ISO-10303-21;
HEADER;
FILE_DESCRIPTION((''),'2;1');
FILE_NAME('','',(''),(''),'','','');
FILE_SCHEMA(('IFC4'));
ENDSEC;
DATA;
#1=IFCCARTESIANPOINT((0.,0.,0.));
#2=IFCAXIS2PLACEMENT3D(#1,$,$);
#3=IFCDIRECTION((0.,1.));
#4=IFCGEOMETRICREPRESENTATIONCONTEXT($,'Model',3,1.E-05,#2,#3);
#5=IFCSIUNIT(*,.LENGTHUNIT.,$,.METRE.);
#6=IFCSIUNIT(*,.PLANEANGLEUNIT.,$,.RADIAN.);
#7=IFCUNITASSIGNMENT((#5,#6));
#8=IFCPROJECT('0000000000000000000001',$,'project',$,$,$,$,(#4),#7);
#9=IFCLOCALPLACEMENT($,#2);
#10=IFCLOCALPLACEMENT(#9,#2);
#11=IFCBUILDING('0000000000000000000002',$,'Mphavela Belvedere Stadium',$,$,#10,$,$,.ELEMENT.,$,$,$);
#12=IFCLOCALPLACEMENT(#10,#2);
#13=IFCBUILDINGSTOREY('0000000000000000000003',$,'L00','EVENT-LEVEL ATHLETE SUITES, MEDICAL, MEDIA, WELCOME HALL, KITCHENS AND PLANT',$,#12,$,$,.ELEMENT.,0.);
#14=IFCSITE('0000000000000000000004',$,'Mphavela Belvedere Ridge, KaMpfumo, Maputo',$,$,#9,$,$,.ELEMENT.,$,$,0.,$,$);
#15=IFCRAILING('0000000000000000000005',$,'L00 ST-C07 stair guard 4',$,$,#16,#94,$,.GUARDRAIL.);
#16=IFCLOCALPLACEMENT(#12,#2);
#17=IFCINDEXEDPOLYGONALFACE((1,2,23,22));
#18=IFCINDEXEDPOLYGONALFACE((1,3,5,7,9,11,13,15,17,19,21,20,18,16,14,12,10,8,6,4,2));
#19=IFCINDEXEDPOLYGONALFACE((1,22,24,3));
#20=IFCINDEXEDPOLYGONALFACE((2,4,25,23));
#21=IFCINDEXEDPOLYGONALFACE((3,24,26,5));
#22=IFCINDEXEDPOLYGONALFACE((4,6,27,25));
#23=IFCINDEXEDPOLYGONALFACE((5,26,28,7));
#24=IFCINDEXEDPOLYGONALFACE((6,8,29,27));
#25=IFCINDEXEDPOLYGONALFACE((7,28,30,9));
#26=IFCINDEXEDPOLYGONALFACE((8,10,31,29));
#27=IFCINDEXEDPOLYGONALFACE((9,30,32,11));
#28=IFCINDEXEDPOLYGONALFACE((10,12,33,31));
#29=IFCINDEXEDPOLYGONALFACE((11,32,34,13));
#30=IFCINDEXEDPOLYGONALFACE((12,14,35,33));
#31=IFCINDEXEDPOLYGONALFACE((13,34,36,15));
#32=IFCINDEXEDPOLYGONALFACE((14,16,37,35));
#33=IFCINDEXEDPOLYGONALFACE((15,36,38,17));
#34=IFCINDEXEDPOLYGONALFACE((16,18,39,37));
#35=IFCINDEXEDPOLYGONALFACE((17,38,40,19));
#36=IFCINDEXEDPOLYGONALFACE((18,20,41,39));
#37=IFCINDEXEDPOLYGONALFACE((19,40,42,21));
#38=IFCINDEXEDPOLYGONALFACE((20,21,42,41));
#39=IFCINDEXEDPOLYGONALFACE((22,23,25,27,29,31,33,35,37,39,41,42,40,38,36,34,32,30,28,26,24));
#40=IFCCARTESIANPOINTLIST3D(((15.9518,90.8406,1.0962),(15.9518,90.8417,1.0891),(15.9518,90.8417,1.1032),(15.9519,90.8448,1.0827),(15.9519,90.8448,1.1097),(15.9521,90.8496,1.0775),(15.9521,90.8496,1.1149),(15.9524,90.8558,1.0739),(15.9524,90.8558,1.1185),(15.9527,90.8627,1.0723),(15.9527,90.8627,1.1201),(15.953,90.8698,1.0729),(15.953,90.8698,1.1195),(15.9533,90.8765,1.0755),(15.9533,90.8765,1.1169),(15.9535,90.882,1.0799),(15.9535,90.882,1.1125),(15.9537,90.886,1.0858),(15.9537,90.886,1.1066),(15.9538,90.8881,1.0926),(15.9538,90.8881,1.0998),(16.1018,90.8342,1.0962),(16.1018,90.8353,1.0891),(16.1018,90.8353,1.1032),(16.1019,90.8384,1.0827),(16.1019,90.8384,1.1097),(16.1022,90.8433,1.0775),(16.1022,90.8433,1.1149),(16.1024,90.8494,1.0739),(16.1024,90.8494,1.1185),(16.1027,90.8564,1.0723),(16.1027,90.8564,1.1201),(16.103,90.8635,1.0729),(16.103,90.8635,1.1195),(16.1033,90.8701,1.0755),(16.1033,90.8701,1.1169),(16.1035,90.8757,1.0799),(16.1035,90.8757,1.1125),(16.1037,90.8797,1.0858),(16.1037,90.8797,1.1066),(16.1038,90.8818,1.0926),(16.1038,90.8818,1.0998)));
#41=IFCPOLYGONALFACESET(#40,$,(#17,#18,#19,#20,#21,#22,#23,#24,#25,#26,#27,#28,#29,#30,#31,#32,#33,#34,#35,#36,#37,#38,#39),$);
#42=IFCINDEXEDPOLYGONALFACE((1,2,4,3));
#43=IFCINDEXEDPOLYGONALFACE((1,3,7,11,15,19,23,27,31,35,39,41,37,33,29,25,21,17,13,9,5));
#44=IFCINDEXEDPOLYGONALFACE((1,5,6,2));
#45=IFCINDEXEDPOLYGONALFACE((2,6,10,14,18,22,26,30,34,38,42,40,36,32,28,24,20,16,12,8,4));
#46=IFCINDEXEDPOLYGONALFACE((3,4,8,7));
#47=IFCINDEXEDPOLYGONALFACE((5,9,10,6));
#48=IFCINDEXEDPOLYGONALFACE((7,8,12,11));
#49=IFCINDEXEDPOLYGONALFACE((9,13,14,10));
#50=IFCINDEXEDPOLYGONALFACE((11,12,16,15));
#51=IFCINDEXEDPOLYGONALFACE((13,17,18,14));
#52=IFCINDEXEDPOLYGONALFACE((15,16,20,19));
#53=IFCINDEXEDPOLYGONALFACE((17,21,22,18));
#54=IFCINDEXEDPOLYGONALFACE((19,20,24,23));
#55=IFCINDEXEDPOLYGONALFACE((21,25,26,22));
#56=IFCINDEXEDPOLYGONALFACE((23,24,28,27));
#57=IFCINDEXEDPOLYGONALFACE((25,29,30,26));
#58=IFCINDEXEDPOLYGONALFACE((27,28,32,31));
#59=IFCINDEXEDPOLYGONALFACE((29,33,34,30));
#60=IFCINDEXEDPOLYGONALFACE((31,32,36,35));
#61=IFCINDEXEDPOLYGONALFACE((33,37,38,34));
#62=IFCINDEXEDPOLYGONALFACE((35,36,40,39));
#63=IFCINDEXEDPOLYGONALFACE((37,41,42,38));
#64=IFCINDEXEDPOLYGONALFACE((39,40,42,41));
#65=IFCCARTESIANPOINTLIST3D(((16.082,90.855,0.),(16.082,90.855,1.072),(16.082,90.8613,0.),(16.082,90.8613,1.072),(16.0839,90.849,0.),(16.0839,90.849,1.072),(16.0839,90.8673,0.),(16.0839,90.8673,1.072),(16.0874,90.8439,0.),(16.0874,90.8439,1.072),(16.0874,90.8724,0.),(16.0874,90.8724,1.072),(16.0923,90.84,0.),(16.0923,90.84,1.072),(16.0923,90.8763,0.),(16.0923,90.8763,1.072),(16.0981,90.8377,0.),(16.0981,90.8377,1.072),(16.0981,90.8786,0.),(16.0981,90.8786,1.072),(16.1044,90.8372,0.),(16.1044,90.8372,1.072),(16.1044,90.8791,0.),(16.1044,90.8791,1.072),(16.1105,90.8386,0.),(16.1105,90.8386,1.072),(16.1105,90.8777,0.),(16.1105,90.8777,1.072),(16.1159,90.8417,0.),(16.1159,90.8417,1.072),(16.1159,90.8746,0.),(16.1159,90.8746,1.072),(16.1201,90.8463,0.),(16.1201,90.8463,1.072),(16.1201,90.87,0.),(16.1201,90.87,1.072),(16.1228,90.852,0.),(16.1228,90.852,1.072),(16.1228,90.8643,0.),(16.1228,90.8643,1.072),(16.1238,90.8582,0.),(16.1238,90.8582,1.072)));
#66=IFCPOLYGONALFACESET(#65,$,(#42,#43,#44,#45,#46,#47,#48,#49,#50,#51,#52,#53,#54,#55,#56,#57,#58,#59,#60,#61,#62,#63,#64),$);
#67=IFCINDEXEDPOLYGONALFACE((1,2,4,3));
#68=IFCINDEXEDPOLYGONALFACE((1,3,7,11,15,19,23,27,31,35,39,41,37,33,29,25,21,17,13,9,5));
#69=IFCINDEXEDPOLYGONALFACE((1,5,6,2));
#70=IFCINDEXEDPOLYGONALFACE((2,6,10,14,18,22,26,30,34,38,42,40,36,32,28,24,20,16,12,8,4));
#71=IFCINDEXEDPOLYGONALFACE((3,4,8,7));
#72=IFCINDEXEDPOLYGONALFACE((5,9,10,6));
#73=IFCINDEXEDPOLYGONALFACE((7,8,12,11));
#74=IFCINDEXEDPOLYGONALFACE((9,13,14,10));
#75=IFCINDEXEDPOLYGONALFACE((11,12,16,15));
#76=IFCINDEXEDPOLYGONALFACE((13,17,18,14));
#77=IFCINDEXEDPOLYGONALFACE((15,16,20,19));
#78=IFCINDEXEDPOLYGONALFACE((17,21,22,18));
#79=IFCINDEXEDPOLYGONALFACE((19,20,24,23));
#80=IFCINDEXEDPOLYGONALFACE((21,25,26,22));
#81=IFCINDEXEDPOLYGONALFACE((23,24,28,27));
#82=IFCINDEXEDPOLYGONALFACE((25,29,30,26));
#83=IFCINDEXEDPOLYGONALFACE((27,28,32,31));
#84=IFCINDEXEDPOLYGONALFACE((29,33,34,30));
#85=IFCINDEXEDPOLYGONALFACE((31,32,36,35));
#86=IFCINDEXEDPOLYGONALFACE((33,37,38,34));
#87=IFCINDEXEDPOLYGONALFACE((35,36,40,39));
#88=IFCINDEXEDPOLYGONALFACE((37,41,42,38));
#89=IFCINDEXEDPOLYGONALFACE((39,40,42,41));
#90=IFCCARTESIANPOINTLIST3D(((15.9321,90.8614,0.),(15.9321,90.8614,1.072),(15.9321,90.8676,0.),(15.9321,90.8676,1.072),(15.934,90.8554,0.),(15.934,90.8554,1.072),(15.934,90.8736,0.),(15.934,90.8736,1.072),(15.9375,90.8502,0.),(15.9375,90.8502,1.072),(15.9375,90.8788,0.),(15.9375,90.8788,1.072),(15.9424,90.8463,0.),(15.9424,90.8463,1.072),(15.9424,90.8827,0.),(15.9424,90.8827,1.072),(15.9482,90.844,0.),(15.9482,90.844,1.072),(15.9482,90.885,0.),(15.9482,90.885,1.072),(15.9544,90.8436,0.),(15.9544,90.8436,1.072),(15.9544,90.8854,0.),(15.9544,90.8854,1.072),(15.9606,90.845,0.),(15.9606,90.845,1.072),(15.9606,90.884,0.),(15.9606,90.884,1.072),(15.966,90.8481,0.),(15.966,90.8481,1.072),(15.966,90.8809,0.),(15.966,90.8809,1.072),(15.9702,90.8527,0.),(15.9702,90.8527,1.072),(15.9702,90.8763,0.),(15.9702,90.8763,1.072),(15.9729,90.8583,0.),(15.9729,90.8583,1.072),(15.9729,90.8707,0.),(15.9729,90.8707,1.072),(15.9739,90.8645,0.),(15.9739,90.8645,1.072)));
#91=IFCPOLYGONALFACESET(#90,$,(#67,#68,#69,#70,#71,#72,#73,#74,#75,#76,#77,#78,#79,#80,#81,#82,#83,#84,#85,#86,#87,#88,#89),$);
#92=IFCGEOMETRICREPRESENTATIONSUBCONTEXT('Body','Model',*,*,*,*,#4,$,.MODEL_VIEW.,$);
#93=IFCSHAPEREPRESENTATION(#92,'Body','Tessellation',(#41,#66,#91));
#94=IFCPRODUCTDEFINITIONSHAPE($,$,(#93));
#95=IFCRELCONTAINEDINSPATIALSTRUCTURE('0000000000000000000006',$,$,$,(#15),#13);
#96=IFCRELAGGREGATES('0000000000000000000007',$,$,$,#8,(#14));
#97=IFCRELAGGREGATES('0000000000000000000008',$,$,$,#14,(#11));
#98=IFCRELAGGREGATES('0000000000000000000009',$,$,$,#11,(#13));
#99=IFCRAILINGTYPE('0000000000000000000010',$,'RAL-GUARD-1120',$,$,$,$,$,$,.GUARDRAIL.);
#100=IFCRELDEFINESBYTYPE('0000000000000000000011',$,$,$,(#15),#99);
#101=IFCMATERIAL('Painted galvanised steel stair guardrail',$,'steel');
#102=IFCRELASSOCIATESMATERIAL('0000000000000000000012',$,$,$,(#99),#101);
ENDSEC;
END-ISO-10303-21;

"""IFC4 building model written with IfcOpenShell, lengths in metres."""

from ifc_helpers import new_model, si_unit, direction, frame, origin, origin_2d, place, context, subcontext, project, spatial, circle, extrude, material, type_object, element, save


model = new_model("IFC4")

# Units and contexts
model_context = context("Model", 3, precision=1e-05, world=origin(), true_north=direction((0.0, 1.0)))
body_context = subcontext(model_context, "Body", "Model", "MODEL_VIEW")
ifc_project = project(units=[si_unit("LENGTHUNIT", "METRE"), si_unit("PLANEANGLEUNIT", "RADIAN")], contexts=[model_context])

# Site, building, storey
site_placement = place(None, origin())
site = spatial("IfcSite", under=ifc_project, at=site_placement, Name="Mphavela Belvedere Ridge, KaMpfumo, Maputo", CompositionType="ELEMENT", RefElevation=0.0)
building_placement = place(site_placement, origin())
building = spatial("IfcBuilding", under=site, at=building_placement, Name="Mphavela Belvedere Stadium", CompositionType="ELEMENT")
storey_placement = place(building_placement, origin())
storey = spatial("IfcBuildingStorey", under=building, at=storey_placement, Name="L00", Description="EVENT-LEVEL ATHLETE SUITES, MEDICAL, MEDIA, WELCOME HALL, KITCHENS AND PLANT", CompositionType="ELEMENT", Elevation=0.0)

# Railing
ifc_material_1 = material(Name="Painted galvanised steel stair guardrail", Category="steel")
railing_type_1 = type_object("IfcRailingType", Name="RAL-GUARD-1120", PredefinedType="GUARDRAIL", material=ifc_material_1)
railing_1_placement = place(storey_placement, frame((16.1028, 90.8582, 0.0)))
element("IfcRailing", 1, at=railing_1_placement, inside=storey, type_object=railing_type_1, Name="L00 ST-C07 stair guard 4", PredefinedType="GUARDRAIL", context=body_context, shape_type="SweptSolid", body=[
    extrude(circle(Radius=0.0239, at=origin_2d()), frame((0.0, 0.0, 1.0962), z_axis=(-0.999105, 0.042307, 0.0), x_axis=(-0.042307, -0.999105, 0.0)), (0.0, 0.0, 1.0), 0.1501),
    extrude(circle(Radius=0.021, at=origin_2d()), origin(), (0.0, 0.0, 1.0), 1.072),
    extrude(circle(Radius=0.021, at=origin_2d()), frame((-0.1499, 0.0063, 0.0)), (0.0, 0.0, 1.0), 1.072),
])

save(model, "model.ifc")
